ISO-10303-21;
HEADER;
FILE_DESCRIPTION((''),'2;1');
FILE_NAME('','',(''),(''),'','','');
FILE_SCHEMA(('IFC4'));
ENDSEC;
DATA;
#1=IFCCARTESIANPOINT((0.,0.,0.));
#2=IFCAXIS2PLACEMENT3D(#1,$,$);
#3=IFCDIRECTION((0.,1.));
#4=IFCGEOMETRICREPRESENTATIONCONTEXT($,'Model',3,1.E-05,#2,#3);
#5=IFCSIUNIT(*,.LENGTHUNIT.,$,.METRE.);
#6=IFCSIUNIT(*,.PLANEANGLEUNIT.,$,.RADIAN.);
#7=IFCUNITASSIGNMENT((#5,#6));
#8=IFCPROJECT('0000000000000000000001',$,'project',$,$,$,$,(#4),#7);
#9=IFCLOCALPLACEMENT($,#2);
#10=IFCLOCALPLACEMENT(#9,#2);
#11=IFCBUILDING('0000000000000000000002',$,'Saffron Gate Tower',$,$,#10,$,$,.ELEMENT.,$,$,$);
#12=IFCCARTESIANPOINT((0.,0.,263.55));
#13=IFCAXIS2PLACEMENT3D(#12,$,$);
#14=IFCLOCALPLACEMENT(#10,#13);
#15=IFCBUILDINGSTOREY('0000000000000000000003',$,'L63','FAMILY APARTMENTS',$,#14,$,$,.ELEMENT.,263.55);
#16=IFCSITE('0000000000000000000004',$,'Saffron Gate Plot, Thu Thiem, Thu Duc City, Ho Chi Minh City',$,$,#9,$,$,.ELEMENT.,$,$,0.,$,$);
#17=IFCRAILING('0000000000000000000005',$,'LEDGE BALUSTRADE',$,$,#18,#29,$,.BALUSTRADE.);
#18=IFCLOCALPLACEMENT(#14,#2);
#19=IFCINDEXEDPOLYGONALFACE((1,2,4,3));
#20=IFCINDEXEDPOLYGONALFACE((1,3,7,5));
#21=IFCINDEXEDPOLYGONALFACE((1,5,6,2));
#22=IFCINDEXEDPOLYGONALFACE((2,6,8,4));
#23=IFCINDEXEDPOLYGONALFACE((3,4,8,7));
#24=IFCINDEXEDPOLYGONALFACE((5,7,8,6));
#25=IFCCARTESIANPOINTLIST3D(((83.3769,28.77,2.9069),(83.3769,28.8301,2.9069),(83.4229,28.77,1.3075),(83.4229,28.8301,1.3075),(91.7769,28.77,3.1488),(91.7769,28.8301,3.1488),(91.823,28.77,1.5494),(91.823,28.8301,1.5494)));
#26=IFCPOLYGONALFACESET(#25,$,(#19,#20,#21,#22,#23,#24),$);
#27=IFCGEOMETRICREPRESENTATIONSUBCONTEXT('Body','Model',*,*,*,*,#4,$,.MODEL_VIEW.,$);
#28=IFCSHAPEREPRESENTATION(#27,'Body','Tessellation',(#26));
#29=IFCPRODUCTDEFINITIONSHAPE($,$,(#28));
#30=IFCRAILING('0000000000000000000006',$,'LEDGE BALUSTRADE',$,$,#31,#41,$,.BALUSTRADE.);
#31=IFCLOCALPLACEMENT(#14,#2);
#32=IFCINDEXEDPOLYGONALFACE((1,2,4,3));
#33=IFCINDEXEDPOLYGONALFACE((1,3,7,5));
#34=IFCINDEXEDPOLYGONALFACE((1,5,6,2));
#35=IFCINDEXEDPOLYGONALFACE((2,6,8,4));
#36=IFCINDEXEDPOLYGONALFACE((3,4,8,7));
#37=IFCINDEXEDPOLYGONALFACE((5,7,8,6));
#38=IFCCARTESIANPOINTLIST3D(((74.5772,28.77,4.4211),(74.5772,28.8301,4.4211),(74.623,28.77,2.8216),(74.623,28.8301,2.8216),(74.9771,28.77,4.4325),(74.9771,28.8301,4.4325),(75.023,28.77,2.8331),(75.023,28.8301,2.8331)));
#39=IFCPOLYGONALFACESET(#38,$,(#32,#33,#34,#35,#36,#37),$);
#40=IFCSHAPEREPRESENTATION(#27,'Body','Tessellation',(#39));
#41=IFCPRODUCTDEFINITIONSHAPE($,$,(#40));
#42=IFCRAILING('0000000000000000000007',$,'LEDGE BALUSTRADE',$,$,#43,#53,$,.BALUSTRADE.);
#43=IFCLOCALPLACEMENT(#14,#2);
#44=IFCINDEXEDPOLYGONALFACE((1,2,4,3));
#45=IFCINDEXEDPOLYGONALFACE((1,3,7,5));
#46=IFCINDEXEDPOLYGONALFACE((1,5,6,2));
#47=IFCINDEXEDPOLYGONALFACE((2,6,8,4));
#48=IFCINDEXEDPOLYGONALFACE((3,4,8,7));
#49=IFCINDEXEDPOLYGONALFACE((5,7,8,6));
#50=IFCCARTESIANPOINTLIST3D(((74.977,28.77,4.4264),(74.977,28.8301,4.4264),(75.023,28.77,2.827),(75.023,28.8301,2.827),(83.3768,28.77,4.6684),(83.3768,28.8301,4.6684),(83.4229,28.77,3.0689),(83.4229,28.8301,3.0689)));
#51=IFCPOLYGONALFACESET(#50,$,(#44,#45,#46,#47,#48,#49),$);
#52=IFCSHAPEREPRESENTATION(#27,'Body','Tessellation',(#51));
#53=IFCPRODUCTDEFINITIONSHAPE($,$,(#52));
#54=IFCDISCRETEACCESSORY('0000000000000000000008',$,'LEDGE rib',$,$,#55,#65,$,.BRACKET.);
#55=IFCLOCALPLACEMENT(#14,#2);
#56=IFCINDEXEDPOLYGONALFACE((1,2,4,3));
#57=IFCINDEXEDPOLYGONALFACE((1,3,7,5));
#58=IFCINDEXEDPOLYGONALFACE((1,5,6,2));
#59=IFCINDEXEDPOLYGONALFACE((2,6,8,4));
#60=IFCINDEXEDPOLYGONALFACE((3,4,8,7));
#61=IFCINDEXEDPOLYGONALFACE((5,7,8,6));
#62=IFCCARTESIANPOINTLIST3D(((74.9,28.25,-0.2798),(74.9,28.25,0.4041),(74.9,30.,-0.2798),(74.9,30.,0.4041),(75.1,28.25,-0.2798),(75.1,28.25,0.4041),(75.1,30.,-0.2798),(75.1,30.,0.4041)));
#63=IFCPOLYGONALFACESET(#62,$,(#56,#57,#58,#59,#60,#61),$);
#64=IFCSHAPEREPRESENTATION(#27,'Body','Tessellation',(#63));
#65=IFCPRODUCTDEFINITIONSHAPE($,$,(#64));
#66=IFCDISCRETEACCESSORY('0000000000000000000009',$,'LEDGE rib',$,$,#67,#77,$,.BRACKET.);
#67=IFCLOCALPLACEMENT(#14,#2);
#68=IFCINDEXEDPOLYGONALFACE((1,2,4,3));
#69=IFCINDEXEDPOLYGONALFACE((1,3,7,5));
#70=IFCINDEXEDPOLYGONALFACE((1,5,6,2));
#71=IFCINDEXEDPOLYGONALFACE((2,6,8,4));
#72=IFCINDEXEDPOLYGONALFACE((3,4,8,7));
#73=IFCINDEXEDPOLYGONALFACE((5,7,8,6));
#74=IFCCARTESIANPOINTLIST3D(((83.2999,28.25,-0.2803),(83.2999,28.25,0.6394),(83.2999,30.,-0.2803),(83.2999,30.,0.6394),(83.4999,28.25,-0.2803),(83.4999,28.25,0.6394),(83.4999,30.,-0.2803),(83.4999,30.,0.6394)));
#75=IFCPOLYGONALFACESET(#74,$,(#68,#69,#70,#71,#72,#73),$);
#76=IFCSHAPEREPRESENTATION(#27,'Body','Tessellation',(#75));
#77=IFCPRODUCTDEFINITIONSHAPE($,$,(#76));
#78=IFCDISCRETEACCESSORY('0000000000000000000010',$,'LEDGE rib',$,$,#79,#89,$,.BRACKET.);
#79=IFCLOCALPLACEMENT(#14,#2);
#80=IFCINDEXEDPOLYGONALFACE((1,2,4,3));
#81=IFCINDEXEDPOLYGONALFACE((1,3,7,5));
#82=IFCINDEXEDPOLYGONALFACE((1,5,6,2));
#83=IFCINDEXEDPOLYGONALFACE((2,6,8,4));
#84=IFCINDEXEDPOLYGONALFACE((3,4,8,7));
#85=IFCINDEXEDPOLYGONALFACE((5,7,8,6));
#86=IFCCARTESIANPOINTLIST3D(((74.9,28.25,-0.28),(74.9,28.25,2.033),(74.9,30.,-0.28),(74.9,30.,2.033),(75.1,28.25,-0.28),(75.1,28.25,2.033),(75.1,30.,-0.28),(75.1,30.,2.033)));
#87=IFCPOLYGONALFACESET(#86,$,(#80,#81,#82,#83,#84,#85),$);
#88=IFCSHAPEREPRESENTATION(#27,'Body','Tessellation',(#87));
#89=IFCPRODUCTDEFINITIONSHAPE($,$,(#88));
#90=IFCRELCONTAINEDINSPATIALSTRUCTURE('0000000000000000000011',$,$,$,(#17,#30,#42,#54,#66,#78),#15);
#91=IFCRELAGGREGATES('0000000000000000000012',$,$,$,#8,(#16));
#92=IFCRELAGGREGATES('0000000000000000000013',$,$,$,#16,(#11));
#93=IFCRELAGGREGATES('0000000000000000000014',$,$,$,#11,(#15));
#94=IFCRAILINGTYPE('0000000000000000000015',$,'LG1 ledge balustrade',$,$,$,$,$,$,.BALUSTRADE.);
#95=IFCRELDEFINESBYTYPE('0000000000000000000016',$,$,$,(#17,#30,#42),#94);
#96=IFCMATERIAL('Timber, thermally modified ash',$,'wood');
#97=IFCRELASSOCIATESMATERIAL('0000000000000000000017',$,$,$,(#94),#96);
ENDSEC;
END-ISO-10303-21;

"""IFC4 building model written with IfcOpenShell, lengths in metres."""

from ifc_helpers import new_model, si_unit, direction, frame, origin, origin_2d, place, context, subcontext, project, spatial, rectangle, extrude, material, type_object, element, save


model = new_model("IFC4")

# Units and contexts
model_context = context("Model", 3, precision=1e-05, world=origin(), true_north=direction((0.0, 1.0)))
body_context = subcontext(model_context, "Body", "Model", "MODEL_VIEW")
ifc_project = project(units=[si_unit("LENGTHUNIT", "METRE"), si_unit("PLANEANGLEUNIT", "RADIAN")], contexts=[model_context])

# Site, building, storey
site_placement = place(None, origin())
site = spatial("IfcSite", under=ifc_project, at=site_placement, Name="Saffron Gate Plot, Thu Thiem, Thu Duc City, Ho Chi Minh City", CompositionType="ELEMENT", RefElevation=0.0)
building_placement = place(site_placement, origin())
building = spatial("IfcBuilding", under=site, at=building_placement, Name="Saffron Gate Tower", CompositionType="ELEMENT")
storey_placement = place(building_placement, frame((0.0, 0.0, 263.55)))
storey = spatial("IfcBuildingStorey", under=building, at=storey_placement, Name="L63", Description="FAMILY APARTMENTS", CompositionType="ELEMENT", Elevation=263.55)

# Shared definitions
ifc_material_1 = material(Name="Timber, thermally modified ash", Category="wood")

# Railings
railing_type = type_object("IfcRailingType", Name="LG1 ledge balustrade", PredefinedType="BALUSTRADE", material=ifc_material_1)
railing_1_placement = place(storey_placement, frame((83.3999, 28.8, 1.3071)))
element("IfcRailing", 1, at=railing_1_placement, inside=storey, type_object=railing_type, Name="LEDGE BALUSTRADE", PredefinedType="BALUSTRADE", context=body_context, shape_type="SweptSolid", body=[
    extrude(rectangle(XDim=0.0601, YDim=1.6001, at=origin_2d()), frame((0.0, 0.0, 0.8), z_axis=(0.999585, 0.0, 0.02879), x_axis=(0.0, 1.0, 0.0)), (0.0, 0.0, 1.0), 8.4036),
])
railing_2_placement = place(storey_placement, frame((74.6001, 28.8, 2.8213)))
element("IfcRailing", 2, at=railing_2_placement, inside=storey, type_object=railing_type, Name="LEDGE BALUSTRADE", PredefinedType="BALUSTRADE", context=body_context, shape_type="SweptSolid", body=[
    extrude(rectangle(XDim=0.0601, YDim=1.6001, at=origin_2d()), frame((0.0, 0.0, 0.8), z_axis=(0.999589, 0.0, 0.028682), x_axis=(0.0, 1.0, 0.0)), (0.0, 0.0, 1.0), 0.4001),
])
railing_3_placement = place(storey_placement, frame((75.0, 28.8, 2.8267)))
element("IfcRailing", 3, at=railing_3_placement, inside=storey, type_object=railing_type, Name="LEDGE BALUSTRADE", PredefinedType="BALUSTRADE", context=body_context, shape_type="SweptSolid", body=[
    extrude(rectangle(XDim=0.0601, YDim=1.6001, at=origin_2d()), frame((0.0, 0.0, 0.8), z_axis=(0.999585, 0.0, 0.028791), x_axis=(0.0, 1.0, 0.0)), (0.0, 0.0, 1.0), 8.4033),
])

# Discrete accessories
discrete_accessory_1_placement = place(storey_placement, frame((75.0, 29.125, -0.2798), z_axis=(0.0, 0.0, 1.0), x_axis=(1.0, 0.0, 0.0)))
element("IfcDiscreteAccessory", 4, at=discrete_accessory_1_placement, inside=storey, Name="LEDGE rib", PredefinedType="BRACKET", context=body_context, shape_type="SweptSolid", body=[
    extrude(rectangle(XDim=0.2, YDim=1.75, at=origin_2d()), origin(), (0.0, 0.0, 1.0), 0.6838),
])
discrete_accessory_2_placement = place(storey_placement, frame((83.3999, 29.125, -0.2803), z_axis=(0.0, 0.0, 1.0), x_axis=(1.0, 0.0, 0.0)))
element("IfcDiscreteAccessory", 5, at=discrete_accessory_2_placement, inside=storey, Name="LEDGE rib", PredefinedType="BRACKET", context=body_context, shape_type="SweptSolid", body=[
    extrude(rectangle(XDim=0.2, YDim=1.75, at=origin_2d()), origin(), (0.0, 0.0, 1.0), 0.9197),
])
discrete_accessory_3_placement = place(storey_placement, frame((75.0, 29.125, -0.28), z_axis=(0.0, 0.0, 1.0), x_axis=(1.0, 0.0, 0.0)))
element("IfcDiscreteAccessory", 6, at=discrete_accessory_3_placement, inside=storey, Name="LEDGE rib", PredefinedType="BRACKET", context=body_context, shape_type="SweptSolid", body=[
    extrude(rectangle(XDim=0.2, YDim=1.75, at=origin_2d()), origin(), (0.0, 0.0, 1.0), 2.313),
])

save(model, "model.ifc")
